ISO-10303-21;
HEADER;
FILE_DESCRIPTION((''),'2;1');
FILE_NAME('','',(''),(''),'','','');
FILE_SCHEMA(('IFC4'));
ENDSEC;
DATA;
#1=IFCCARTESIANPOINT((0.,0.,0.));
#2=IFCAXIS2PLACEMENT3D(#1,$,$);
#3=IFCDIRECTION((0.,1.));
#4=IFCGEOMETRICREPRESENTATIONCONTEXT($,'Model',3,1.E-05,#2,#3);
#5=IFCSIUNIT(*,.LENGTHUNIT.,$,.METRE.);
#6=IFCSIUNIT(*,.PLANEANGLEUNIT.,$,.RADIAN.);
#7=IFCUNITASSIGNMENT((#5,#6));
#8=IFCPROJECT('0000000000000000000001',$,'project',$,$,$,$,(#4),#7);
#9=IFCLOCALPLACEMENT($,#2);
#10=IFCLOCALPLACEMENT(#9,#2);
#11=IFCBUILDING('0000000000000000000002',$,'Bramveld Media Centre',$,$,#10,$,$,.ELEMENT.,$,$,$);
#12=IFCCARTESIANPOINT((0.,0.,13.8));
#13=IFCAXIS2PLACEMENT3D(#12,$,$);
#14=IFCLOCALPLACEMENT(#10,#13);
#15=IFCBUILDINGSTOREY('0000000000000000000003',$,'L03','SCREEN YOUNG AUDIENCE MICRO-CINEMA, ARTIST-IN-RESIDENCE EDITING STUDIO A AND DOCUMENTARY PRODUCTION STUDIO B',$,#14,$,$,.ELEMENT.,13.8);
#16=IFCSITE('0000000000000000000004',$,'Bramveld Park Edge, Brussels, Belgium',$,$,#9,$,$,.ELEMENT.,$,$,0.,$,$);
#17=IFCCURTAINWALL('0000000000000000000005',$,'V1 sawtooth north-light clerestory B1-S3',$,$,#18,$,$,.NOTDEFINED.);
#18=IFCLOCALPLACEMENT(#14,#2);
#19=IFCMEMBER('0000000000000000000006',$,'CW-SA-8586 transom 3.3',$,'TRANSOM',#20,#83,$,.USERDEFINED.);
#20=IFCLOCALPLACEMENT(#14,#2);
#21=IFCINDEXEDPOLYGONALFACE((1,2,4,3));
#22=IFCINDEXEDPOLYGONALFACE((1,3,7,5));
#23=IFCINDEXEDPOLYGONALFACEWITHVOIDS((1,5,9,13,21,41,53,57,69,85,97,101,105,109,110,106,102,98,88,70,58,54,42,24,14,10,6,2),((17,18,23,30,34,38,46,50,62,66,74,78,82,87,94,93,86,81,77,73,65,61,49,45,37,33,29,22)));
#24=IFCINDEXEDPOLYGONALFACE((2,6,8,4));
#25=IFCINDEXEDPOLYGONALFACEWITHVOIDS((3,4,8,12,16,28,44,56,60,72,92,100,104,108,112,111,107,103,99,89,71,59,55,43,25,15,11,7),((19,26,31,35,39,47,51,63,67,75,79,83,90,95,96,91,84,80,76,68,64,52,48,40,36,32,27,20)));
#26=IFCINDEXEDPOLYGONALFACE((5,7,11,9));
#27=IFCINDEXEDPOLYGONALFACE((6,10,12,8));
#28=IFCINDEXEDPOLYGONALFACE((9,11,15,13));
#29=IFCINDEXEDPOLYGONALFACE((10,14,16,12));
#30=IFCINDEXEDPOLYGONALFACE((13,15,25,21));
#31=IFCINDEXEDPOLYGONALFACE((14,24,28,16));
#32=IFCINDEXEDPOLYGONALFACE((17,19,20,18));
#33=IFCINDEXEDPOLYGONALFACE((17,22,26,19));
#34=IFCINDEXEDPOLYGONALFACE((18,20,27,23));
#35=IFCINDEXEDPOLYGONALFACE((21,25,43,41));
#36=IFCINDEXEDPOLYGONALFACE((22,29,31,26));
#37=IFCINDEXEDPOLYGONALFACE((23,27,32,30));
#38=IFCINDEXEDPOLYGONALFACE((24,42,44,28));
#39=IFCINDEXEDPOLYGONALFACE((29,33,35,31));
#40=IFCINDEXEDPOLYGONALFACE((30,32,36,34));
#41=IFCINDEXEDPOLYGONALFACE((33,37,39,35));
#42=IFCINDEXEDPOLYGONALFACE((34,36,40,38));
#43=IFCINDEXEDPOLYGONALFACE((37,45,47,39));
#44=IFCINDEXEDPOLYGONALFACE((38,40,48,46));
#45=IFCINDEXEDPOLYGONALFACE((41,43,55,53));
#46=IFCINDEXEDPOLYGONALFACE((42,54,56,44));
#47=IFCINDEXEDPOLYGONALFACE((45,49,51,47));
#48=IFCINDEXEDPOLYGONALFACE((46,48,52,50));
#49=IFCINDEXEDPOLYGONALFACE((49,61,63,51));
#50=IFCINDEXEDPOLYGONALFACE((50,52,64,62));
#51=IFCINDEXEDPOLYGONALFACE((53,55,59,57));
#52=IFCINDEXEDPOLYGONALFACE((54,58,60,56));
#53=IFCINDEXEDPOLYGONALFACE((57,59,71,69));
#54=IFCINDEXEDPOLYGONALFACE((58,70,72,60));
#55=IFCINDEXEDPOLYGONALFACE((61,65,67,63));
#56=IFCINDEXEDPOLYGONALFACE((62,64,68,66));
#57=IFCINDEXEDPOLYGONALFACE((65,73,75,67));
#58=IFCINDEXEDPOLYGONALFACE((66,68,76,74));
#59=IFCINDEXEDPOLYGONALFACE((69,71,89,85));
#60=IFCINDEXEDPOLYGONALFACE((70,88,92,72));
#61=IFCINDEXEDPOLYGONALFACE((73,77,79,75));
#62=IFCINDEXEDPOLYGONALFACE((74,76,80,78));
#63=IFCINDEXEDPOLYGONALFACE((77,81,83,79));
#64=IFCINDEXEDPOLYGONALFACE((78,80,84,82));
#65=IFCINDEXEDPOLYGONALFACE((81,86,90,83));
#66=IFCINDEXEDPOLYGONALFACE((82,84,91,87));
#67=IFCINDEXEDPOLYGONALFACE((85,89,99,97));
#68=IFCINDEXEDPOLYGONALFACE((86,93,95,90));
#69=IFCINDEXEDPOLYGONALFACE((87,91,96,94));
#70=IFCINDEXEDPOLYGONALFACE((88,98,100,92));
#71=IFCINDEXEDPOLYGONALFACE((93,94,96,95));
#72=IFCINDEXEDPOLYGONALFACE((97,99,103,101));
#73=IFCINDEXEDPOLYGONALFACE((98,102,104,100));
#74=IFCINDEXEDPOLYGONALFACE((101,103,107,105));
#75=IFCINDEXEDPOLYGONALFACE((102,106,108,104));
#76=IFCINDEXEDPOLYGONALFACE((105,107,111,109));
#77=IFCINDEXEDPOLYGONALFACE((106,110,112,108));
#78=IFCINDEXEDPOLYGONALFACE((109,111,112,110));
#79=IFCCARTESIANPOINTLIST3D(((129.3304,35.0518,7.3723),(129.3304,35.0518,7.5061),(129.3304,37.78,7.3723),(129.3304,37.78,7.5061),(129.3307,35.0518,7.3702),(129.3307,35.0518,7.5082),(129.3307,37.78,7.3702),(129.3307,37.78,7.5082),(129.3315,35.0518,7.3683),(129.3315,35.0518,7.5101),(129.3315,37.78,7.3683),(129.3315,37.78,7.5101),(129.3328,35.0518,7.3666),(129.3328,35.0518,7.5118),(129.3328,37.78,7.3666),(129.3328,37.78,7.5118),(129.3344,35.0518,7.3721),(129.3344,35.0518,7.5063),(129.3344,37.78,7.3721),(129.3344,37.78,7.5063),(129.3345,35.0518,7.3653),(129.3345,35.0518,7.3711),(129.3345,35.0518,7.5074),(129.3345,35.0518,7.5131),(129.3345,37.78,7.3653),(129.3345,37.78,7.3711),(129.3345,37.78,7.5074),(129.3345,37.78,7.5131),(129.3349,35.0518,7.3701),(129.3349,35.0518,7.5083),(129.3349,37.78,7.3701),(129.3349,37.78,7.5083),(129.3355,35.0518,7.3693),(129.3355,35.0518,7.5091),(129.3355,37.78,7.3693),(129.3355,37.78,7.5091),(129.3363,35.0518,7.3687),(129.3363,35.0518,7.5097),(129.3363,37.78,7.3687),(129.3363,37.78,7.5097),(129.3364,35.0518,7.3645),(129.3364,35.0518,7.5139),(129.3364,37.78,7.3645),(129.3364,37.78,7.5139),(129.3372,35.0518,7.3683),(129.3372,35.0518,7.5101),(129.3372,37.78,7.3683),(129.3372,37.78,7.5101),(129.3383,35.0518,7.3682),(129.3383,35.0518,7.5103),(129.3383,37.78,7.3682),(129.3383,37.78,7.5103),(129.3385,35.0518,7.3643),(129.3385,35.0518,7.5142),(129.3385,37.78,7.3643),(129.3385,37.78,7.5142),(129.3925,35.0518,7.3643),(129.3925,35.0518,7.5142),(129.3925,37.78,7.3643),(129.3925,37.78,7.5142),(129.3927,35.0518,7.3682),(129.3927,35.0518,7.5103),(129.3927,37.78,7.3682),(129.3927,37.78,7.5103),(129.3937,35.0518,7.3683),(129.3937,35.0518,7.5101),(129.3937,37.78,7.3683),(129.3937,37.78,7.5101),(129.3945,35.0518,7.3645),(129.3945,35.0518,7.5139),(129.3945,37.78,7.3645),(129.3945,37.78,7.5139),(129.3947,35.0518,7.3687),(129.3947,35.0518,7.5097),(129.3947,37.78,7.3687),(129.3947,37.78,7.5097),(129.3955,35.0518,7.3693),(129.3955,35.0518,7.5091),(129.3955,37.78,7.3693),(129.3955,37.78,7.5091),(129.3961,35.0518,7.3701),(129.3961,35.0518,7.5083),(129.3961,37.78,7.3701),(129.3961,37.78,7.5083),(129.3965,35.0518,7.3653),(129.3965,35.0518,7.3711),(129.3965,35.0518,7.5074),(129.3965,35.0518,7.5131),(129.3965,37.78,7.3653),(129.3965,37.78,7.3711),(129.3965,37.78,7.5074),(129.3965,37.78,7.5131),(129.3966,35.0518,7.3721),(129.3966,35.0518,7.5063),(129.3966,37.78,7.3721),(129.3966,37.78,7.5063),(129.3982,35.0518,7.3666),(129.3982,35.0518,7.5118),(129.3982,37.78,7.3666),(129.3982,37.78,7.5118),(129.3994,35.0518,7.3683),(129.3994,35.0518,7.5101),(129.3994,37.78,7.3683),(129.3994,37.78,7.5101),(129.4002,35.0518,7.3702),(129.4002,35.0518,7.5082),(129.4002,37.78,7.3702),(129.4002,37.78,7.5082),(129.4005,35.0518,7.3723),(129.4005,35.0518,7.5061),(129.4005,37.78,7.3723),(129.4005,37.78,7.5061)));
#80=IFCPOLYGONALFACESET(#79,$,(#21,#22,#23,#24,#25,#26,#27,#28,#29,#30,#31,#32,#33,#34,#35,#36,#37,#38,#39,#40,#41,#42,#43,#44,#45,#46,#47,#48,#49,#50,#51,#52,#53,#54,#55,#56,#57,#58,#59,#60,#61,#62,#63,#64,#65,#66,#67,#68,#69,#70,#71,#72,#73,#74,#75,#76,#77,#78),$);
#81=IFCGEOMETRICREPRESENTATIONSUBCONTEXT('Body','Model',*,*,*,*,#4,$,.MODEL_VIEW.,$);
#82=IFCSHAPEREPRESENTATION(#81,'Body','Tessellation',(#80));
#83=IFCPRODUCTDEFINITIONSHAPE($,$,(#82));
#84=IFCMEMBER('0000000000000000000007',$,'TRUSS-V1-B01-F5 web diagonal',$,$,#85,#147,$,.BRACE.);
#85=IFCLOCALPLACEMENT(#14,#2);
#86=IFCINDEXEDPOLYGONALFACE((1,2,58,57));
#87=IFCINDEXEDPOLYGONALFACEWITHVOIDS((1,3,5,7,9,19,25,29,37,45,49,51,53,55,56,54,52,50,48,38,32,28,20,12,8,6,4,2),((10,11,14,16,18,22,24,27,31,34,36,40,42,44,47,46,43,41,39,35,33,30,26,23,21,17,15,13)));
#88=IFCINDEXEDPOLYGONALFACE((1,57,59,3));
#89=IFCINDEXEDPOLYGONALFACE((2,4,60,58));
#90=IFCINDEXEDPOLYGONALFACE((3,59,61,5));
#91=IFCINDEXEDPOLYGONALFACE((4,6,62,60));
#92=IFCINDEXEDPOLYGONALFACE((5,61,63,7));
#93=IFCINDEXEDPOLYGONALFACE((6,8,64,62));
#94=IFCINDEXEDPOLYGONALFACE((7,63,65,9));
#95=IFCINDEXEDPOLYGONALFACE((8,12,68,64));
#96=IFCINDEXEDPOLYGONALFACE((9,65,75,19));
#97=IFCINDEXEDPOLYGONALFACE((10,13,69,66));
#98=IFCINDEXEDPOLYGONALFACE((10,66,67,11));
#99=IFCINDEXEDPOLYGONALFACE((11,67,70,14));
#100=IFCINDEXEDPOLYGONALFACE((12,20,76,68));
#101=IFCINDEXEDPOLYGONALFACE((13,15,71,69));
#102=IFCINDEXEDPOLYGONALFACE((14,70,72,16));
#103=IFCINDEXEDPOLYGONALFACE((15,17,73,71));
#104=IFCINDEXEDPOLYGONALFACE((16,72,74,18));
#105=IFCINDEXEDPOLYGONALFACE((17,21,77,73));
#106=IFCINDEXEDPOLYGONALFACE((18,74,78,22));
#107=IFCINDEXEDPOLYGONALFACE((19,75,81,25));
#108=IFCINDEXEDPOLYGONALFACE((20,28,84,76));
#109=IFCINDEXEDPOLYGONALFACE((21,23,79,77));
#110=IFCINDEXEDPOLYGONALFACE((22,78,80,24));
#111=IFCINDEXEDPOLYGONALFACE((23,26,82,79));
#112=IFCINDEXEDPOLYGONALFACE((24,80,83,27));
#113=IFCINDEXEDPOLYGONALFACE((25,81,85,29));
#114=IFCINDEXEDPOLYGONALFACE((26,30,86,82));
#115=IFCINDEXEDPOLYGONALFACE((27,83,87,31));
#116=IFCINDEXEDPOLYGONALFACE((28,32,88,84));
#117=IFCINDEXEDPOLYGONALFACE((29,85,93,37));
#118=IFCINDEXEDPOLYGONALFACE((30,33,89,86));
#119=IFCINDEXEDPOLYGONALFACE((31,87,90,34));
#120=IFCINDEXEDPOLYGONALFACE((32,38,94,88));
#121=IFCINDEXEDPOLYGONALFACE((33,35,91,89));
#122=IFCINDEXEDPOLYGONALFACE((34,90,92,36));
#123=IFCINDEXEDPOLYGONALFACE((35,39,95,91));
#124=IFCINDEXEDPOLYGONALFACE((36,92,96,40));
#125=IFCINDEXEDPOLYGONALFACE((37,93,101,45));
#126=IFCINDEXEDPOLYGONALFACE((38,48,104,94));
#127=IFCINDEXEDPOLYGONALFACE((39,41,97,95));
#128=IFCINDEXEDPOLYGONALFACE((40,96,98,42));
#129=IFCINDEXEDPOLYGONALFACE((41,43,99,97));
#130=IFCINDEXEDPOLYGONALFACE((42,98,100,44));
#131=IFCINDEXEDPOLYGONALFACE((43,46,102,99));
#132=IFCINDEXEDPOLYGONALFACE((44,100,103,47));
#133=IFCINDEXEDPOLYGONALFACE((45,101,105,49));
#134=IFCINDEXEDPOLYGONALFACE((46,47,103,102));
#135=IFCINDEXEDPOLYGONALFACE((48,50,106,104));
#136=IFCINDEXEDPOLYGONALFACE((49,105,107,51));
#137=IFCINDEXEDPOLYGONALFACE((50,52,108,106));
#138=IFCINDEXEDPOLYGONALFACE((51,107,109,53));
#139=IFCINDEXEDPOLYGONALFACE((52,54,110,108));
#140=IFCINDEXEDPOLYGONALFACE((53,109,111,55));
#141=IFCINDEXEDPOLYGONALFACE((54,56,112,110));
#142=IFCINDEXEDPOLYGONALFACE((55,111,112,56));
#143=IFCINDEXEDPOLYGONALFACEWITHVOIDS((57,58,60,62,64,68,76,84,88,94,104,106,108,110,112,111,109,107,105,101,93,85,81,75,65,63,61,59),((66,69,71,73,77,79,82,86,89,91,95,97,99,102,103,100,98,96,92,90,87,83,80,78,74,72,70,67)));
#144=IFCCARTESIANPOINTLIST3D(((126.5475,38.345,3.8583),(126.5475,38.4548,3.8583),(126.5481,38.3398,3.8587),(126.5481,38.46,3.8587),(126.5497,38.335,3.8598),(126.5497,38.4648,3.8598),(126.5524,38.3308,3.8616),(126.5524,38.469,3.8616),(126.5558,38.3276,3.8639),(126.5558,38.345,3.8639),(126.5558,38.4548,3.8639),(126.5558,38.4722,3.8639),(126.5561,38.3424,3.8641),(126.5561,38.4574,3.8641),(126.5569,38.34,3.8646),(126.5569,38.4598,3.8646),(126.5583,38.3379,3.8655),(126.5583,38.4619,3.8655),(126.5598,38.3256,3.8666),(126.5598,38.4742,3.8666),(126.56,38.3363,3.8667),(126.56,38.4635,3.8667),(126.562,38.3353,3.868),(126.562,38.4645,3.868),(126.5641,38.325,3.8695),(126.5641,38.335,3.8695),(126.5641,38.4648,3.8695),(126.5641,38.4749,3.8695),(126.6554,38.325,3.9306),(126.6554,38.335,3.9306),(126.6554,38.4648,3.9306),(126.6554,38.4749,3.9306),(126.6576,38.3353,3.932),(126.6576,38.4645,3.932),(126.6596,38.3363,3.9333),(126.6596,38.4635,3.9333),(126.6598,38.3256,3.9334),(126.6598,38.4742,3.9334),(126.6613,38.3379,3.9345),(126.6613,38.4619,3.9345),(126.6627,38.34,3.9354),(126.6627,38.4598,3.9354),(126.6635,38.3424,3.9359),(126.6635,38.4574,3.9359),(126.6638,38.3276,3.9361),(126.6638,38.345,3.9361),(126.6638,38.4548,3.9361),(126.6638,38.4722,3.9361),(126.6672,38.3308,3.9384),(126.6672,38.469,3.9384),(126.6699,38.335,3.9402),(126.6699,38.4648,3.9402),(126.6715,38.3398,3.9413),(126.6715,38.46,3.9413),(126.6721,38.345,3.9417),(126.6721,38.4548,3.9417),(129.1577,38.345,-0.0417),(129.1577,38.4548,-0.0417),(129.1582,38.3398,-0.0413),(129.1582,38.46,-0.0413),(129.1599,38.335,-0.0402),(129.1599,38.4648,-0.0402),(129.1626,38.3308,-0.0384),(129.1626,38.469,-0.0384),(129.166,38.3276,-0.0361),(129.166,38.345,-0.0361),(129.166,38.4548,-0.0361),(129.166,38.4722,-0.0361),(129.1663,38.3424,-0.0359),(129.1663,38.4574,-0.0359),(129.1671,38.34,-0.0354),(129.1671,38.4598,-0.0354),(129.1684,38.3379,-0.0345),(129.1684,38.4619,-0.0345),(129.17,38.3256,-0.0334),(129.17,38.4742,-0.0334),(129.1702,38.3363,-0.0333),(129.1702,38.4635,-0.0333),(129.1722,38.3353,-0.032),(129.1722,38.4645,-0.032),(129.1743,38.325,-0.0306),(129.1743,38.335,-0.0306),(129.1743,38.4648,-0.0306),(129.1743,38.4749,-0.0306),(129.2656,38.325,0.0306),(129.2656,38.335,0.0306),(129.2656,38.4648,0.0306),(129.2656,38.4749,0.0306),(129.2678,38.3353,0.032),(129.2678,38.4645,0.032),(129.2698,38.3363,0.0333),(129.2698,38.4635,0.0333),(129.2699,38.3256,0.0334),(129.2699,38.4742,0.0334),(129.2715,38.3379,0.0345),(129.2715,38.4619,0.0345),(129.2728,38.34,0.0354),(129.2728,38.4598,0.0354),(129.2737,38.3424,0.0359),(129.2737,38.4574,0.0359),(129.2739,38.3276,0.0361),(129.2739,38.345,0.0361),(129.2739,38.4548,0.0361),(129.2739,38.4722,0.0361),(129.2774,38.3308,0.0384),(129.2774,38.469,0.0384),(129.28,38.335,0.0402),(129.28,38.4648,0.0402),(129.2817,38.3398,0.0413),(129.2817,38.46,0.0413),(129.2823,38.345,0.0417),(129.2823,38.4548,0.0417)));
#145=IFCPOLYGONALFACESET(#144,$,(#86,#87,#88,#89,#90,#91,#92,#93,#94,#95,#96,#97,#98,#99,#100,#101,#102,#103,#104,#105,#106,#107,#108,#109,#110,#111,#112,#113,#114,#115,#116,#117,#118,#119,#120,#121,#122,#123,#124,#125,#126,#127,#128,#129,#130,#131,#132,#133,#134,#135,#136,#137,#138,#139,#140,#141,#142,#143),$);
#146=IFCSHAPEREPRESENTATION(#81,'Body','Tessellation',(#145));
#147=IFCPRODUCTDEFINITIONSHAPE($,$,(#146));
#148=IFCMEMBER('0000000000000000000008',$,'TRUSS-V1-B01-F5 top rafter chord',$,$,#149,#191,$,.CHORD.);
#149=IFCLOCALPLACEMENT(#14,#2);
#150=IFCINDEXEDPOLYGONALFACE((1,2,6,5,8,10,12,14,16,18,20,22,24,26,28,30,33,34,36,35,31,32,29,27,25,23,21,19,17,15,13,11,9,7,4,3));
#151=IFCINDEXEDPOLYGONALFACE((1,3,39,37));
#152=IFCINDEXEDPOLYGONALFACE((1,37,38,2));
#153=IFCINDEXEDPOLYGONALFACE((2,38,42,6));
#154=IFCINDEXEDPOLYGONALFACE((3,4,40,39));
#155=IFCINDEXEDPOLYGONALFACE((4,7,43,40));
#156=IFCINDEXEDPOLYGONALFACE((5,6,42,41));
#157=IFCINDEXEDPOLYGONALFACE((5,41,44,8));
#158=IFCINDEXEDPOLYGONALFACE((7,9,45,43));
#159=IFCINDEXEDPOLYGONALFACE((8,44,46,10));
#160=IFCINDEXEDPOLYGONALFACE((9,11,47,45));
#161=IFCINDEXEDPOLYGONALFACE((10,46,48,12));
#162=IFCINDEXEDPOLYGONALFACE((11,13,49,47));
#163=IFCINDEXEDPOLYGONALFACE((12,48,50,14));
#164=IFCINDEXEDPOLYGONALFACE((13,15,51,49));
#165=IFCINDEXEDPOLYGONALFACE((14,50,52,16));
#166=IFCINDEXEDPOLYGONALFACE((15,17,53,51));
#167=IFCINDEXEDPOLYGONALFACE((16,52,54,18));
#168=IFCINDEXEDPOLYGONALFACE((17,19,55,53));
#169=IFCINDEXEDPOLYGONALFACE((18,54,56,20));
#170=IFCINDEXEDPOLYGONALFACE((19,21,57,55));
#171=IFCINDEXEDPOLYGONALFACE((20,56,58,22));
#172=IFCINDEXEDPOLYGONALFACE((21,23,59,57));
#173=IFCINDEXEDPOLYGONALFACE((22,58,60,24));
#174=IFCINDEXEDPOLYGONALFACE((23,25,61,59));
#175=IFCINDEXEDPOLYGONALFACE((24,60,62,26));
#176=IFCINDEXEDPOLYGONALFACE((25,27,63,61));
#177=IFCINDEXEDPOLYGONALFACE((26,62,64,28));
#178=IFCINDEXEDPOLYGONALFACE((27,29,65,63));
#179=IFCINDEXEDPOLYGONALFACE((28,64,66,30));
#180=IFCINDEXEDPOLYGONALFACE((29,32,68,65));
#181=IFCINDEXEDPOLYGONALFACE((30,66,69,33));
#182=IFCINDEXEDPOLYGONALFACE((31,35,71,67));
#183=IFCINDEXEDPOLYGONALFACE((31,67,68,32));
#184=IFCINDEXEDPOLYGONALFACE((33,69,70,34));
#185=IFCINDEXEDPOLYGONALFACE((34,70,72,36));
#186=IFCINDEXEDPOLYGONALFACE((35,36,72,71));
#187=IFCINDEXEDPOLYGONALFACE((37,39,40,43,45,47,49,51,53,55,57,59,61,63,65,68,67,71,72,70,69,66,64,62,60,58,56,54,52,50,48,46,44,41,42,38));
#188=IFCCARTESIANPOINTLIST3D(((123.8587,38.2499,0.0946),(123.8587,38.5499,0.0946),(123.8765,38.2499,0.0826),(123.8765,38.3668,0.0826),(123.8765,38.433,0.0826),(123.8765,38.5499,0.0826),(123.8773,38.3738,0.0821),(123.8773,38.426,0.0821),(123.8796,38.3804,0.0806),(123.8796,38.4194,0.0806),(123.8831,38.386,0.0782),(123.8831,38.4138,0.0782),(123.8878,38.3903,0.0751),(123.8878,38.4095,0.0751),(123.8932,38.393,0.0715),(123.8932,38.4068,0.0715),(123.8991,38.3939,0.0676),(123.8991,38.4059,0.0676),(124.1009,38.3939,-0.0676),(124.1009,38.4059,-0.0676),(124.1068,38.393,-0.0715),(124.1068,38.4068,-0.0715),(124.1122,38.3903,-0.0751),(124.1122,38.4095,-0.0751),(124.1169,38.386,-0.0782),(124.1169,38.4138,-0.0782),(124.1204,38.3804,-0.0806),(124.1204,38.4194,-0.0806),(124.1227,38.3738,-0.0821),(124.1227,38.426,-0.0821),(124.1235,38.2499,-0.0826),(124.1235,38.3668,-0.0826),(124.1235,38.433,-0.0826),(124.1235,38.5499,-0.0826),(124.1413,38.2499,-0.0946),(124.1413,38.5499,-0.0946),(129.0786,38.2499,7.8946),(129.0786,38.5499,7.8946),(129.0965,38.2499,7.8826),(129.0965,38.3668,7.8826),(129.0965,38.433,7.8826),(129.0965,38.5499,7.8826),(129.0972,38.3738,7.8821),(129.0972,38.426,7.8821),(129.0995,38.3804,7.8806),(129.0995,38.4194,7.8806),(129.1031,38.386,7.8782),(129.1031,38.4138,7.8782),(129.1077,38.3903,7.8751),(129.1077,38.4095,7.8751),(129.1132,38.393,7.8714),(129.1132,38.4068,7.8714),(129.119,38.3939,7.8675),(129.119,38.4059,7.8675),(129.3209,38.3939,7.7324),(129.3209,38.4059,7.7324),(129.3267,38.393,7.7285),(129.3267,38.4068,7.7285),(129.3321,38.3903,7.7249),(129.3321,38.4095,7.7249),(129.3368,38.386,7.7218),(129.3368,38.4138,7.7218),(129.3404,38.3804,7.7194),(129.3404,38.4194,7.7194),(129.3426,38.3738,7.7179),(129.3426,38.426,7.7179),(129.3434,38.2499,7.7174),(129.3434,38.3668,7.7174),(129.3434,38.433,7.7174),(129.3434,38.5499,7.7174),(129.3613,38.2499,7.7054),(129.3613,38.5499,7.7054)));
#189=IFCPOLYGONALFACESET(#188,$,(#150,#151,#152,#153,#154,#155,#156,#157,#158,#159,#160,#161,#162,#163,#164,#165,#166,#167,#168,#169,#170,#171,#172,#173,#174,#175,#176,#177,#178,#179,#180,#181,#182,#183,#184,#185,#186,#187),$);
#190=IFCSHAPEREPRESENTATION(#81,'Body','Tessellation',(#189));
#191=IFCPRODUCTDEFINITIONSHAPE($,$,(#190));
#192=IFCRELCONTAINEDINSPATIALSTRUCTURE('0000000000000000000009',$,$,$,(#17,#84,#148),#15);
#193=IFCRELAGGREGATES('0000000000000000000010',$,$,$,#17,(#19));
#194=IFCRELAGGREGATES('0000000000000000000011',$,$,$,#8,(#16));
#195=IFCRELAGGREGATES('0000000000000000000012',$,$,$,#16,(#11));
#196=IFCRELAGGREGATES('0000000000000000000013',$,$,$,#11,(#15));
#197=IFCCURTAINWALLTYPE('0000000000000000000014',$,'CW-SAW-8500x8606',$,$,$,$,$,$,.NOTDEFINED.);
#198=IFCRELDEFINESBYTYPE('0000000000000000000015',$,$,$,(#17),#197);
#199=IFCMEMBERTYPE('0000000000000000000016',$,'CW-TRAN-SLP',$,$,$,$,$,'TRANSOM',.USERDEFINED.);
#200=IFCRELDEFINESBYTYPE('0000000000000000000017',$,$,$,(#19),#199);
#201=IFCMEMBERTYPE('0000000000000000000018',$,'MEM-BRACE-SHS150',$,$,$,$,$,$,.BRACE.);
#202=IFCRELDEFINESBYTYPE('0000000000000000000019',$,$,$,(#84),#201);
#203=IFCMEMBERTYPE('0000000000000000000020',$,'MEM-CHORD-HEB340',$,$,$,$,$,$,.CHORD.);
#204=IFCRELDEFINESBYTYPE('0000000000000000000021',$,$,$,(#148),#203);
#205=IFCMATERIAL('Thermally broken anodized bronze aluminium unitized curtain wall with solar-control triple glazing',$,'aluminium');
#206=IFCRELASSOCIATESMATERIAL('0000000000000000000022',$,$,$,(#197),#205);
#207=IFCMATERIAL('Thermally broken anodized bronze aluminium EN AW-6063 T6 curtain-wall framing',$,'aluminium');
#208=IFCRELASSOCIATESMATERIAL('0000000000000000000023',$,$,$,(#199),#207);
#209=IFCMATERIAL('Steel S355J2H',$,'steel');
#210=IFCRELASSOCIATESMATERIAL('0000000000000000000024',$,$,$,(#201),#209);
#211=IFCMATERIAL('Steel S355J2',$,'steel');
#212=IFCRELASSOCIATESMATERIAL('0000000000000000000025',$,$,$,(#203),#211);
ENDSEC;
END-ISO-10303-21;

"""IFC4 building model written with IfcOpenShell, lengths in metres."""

from ifc_helpers import new_model, si_unit, direction, frame, origin, origin_2d, place, context, subcontext, project, spatial, hollow_rectangle, i_section, extrude, material, material_profile, profile_set, type_object, element, aggregate, save


model = new_model("IFC4")

# Units and contexts
model_context = context("Model", 3, precision=1e-05, world=origin(), true_north=direction((0.0, 1.0)))
body_context = subcontext(model_context, "Body", "Model", "MODEL_VIEW")
ifc_project = project(units=[si_unit("LENGTHUNIT", "METRE"), si_unit("PLANEANGLEUNIT", "RADIAN")], contexts=[model_context])

# Site, building, storey
site_placement = place(None, origin())
site = spatial("IfcSite", under=ifc_project, at=site_placement, Name="Bramveld Park Edge, Brussels, Belgium", CompositionType="ELEMENT", RefElevation=0.0)
building_placement = place(site_placement, origin())
building = spatial("IfcBuilding", under=site, at=building_placement, Name="Bramveld Media Centre", CompositionType="ELEMENT")
storey_placement = place(building_placement, frame((0.0, 0.0, 13.8)))
storey = spatial("IfcBuildingStorey", under=building, at=storey_placement, Name="L03", Description="SCREEN YOUNG AUDIENCE MICRO-CINEMA, ARTIST-IN-RESIDENCE EDITING STUDIO A AND DOCUMENTARY PRODUCTION STUDIO B", CompositionType="ELEMENT", Elevation=13.8)

# Curtain wall, member
ifc_material_1 = material(Name="Thermally broken anodized bronze aluminium unitized curtain wall with solar-control triple glazing", Category="aluminium")
curtain_wall_type = type_object("IfcCurtainWallType", Name="CW-SAW-8500x8606", PredefinedType="NOTDEFINED", material=ifc_material_1)
curtain_wall_placement = place(storey_placement, origin())
curtain_wall = element("IfcCurtainWall", 1, at=curtain_wall_placement, inside=storey, type_object=curtain_wall_type, Name="V1 sawtooth north-light clerestory B1-S3", PredefinedType="NOTDEFINED")
ifc_material_2 = material(Name="Thermally broken anodized bronze aluminium EN AW-6063 T6 curtain-wall framing", Category="aluminium")
ifc_material_profile_1 = material_profile(ifc_material_2, hollow_rectangle(XDim=0.0701, YDim=0.1499, WallThickness=0.0039, InnerFilletRadius=0.0039, OuterFilletRadius=0.0081, at=origin_2d()), Name="AL-TRAN 70x150")
ifc_profile_set_1 = profile_set([ifc_material_profile_1], Name="Thermally broken anodized bronze aluminium EN AW-6063 T6 curtain-wall framing")
member_type_1 = type_object("IfcMemberType", Name="CW-TRAN-SLP", ElementType="TRANSOM", PredefinedType="USERDEFINED", material=ifc_profile_set_1)
member_1_placement = place(storey_placement, frame((129.3655, 35.0518, 7.4392), z_axis=(0.0, 1.0, 0.0), x_axis=(-1.0, 0.0, 0.0)))
member_1 = element("IfcMember", 2, at=member_1_placement, type_object=member_type_1, Name="CW-SA-8586 transom 3.3", ObjectType="TRANSOM", PredefinedType="USERDEFINED", context=body_context, shape_type="SweptSolid", body=[
    extrude(hollow_rectangle(XDim=0.0701, YDim=0.1499, WallThickness=0.0039, InnerFilletRadius=0.0039, OuterFilletRadius=0.0081, at=origin_2d()), origin(), (0.0, 0.0, 1.0), 2.7283),
])

# Members
ifc_material_3 = material(Name="Steel S355J2H", Category="steel")
ifc_material_profile_2 = material_profile(ifc_material_3, hollow_rectangle(XDim=0.1499, YDim=0.1499, WallThickness=0.01, InnerFilletRadius=0.01, OuterFilletRadius=0.02, at=origin_2d()), Name="SHS 150x150x10")
ifc_profile_set_2 = profile_set([ifc_material_profile_2], Name="Steel S355J2H")
member_type_2 = type_object("IfcMemberType", Name="MEM-BRACE-SHS150", PredefinedType="BRACE", material=ifc_profile_set_2)
member_2_placement = place(storey_placement, frame((129.22, 38.3999, 0.0), z_axis=(-0.5562, 0.0, 0.831048), x_axis=(0.0, -1.0, 0.0)))
element("IfcMember", 3, at=member_2_placement, inside=storey, type_object=member_type_2, Name="TRUSS-V1-B01-F5 web diagonal", PredefinedType="BRACE", context=body_context, shape_type="SweptSolid", body=[
    extrude(hollow_rectangle(XDim=0.1499, YDim=0.1499, WallThickness=0.01, InnerFilletRadius=0.01, OuterFilletRadius=0.02, at=origin_2d()), origin(), (0.0, 0.0, 1.0), 4.6929),
])
ifc_material_4 = material(Name="Steel S355J2", Category="steel")
ifc_material_profile_3 = material_profile(ifc_material_4, i_section(OverallWidth=0.3, OverallDepth=0.3401, WebThickness=0.012, FlangeThickness=0.0215, FilletRadius=0.0271, at=origin_2d()), Name="HEB 340")
ifc_profile_set_3 = profile_set([ifc_material_profile_3], Name="Steel S355J2")
member_type_3 = type_object("IfcMemberType", Name="MEM-CHORD-HEB340", PredefinedType="CHORD", material=ifc_profile_set_3)
member_3_placement = place(storey_placement, frame((124.0, 38.3999, 0.0), z_axis=(0.55617, 0.0, 0.831069), x_axis=(0.0, 1.0, 0.0)))
element("IfcMember", 4, at=member_3_placement, inside=storey, type_object=member_type_3, Name="TRUSS-V1-B01-F5 top rafter chord", PredefinedType="CHORD", context=body_context, shape_type="SweptSolid", body=[
    extrude(i_section(OverallWidth=0.3, OverallDepth=0.3401, WebThickness=0.012, FlangeThickness=0.0215, FilletRadius=0.0271, at=origin_2d()), origin(), (0.0, 0.0, 1.0), 9.3855),
])

aggregate(curtain_wall, [member_1])

save(model, "model.ifc")
